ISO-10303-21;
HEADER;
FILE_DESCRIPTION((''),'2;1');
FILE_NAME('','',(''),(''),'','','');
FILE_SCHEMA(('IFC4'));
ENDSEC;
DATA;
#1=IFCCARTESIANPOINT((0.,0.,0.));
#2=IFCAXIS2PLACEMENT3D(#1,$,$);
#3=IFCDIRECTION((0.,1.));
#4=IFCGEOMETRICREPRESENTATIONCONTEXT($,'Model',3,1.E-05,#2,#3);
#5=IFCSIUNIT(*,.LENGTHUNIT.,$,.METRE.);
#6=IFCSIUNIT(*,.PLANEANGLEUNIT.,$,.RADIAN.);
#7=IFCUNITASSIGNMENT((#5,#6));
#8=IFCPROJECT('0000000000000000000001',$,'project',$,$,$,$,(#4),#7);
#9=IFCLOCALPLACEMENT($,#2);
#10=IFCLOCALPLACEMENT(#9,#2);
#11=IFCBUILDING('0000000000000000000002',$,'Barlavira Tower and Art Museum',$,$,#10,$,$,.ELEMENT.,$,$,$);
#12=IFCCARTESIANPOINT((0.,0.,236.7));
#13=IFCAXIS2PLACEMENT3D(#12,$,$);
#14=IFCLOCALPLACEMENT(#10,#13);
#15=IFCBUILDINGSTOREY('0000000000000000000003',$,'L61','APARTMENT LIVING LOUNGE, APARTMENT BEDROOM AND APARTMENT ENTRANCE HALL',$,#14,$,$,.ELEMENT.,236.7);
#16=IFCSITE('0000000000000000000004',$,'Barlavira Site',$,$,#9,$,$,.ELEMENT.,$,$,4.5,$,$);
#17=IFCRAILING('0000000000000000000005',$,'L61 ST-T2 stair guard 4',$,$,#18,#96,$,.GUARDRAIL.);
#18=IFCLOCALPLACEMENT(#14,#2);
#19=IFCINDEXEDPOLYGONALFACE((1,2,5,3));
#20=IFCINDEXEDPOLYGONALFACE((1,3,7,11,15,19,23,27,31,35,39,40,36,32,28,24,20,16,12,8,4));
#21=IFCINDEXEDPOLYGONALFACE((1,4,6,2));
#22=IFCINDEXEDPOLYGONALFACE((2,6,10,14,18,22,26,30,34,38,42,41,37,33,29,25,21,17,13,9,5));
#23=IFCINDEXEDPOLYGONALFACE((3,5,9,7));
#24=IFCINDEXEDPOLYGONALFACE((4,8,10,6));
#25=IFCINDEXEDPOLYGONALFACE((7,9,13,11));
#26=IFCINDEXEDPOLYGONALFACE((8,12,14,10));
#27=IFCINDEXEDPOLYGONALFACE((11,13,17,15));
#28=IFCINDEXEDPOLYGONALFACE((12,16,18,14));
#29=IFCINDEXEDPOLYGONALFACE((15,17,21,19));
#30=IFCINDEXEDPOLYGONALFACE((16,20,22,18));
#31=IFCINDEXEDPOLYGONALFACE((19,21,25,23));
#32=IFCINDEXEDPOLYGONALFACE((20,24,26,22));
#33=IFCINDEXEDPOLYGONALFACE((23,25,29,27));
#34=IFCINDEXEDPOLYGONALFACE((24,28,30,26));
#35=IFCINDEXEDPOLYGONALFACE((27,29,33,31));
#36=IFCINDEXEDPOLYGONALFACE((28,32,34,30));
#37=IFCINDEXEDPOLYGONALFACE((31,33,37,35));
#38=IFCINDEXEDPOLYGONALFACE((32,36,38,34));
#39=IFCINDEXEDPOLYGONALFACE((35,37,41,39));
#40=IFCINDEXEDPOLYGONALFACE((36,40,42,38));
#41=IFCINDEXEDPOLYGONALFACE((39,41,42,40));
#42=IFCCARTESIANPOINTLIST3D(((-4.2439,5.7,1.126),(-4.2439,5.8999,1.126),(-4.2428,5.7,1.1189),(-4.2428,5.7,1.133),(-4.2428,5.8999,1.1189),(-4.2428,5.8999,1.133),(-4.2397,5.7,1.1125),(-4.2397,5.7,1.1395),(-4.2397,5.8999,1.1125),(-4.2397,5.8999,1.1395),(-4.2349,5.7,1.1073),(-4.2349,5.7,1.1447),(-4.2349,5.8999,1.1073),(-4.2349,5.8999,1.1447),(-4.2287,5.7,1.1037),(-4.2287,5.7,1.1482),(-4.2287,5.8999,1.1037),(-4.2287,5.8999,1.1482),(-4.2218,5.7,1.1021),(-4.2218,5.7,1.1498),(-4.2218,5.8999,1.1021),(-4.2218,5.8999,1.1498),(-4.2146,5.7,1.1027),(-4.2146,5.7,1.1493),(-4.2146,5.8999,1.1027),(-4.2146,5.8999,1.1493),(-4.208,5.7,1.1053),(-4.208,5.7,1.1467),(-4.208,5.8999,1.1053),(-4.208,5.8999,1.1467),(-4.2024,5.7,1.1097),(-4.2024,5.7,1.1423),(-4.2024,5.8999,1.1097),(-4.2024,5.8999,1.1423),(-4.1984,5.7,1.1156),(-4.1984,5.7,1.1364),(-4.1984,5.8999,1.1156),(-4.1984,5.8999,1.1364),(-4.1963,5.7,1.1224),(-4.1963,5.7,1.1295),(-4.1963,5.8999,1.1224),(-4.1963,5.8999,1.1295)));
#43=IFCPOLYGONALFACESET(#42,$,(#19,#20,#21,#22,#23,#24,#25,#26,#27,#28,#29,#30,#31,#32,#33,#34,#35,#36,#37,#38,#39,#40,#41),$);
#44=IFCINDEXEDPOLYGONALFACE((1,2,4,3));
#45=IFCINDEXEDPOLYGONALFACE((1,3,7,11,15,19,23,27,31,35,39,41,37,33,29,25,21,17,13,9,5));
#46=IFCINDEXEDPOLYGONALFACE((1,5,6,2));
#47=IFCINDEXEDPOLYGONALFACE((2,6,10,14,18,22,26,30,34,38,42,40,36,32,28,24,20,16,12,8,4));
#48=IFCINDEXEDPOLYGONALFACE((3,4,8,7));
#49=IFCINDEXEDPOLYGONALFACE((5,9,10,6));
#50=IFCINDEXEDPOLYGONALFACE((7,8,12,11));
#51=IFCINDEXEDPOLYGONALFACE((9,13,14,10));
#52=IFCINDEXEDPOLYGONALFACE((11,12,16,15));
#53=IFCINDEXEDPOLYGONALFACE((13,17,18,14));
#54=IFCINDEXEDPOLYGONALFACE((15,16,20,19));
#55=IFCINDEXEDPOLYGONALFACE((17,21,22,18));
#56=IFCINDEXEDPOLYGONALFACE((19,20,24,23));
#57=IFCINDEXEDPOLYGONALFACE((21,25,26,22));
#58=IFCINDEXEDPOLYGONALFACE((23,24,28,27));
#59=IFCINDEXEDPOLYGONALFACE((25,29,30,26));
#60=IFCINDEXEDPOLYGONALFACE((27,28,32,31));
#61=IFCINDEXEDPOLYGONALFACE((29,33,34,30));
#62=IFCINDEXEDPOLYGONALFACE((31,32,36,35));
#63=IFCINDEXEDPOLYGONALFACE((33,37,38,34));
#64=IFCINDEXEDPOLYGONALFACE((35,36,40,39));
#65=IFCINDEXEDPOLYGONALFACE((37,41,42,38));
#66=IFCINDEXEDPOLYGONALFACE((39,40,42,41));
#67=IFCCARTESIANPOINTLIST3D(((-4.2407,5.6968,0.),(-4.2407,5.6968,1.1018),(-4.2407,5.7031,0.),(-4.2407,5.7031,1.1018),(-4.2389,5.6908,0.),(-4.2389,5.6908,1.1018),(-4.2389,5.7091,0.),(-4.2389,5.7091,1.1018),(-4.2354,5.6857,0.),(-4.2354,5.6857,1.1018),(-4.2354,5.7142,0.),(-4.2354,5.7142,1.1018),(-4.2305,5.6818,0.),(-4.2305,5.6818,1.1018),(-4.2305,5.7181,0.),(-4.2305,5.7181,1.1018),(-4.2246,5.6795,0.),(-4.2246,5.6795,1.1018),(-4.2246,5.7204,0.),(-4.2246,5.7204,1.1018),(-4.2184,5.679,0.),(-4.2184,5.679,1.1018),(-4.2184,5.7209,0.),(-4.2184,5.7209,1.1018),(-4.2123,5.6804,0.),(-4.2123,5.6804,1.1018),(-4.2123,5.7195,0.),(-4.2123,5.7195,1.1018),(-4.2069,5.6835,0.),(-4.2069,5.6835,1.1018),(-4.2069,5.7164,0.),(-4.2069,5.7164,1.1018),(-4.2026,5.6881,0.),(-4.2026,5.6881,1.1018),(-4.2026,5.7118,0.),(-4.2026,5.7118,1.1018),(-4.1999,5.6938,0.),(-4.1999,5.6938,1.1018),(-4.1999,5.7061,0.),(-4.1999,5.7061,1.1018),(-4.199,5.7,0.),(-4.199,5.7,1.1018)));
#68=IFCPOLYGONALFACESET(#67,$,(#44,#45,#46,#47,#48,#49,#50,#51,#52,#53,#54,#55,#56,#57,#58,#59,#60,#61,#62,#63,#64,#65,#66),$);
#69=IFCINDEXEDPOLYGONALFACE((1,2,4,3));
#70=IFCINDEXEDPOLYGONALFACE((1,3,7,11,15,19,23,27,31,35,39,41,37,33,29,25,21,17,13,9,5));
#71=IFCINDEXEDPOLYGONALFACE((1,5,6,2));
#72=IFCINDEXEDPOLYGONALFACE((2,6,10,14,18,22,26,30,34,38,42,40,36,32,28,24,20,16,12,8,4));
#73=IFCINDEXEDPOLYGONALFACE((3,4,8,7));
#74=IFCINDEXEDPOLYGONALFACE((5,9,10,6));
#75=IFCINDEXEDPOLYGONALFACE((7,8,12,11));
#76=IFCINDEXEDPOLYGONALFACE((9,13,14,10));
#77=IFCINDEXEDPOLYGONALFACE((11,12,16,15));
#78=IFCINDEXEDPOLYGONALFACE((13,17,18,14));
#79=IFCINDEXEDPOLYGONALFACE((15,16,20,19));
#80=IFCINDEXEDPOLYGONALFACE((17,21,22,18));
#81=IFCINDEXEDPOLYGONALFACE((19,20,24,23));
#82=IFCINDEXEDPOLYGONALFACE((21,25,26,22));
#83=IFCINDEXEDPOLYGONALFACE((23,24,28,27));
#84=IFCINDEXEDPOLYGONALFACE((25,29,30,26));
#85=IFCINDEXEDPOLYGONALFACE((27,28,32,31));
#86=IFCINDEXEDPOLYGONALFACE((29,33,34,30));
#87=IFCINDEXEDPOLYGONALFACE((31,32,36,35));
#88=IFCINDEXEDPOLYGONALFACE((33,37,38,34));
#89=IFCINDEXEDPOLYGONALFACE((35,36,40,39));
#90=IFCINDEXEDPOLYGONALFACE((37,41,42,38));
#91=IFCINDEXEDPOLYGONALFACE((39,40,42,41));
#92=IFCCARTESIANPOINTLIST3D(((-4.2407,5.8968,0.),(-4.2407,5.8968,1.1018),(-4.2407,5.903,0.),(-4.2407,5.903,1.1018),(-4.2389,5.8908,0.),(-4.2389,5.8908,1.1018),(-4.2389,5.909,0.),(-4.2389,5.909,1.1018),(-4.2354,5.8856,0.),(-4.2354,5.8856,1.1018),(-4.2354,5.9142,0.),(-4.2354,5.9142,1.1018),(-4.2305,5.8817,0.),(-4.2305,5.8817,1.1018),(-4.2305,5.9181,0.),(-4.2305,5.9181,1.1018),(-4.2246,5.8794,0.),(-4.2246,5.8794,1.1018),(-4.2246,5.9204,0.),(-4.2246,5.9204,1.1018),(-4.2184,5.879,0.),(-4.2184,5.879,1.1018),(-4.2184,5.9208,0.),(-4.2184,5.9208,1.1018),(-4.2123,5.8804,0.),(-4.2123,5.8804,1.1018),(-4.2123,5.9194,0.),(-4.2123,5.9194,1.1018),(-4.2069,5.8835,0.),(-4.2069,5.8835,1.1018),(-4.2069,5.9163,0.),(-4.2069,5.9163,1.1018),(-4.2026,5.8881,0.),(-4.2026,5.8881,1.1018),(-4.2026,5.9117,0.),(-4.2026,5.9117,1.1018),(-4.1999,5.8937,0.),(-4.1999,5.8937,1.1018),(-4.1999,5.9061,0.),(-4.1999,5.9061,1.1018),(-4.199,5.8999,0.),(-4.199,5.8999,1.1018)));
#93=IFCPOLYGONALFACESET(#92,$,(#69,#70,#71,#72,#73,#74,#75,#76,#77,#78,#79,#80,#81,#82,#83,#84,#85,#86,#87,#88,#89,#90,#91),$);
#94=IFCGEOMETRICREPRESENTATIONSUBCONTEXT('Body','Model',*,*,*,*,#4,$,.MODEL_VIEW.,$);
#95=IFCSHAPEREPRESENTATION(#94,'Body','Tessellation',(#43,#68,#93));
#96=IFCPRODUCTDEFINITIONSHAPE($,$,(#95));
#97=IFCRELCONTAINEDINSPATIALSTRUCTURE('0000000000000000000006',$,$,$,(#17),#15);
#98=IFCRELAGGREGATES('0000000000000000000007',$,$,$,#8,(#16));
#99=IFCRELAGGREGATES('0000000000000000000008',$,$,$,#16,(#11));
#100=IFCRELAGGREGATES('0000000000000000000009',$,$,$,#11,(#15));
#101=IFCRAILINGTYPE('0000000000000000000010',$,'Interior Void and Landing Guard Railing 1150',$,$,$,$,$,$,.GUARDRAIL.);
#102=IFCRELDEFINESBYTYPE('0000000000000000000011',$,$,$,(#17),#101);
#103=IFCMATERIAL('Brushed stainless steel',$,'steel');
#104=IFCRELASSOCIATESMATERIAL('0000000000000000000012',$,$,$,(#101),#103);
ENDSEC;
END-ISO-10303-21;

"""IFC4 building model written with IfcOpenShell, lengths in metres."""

from ifc_helpers import new_model, si_unit, direction, frame, origin, origin_2d, place, context, subcontext, project, spatial, circle, extrude, material, type_object, element, save


model = new_model("IFC4")

# Units and contexts
model_context = context("Model", 3, precision=1e-05, world=origin(), true_north=direction((0.0, 1.0)))
body_context = subcontext(model_context, "Body", "Model", "MODEL_VIEW")
ifc_project = project(units=[si_unit("LENGTHUNIT", "METRE"), si_unit("PLANEANGLEUNIT", "RADIAN")], contexts=[model_context])

# Site, building, storey
site_placement = place(None, origin())
site = spatial("IfcSite", under=ifc_project, at=site_placement, Name="Barlavira Site", CompositionType="ELEMENT", RefElevation=4.5)
building_placement = place(site_placement, origin())
building = spatial("IfcBuilding", under=site, at=building_placement, Name="Barlavira Tower and Art Museum", CompositionType="ELEMENT")
storey_placement = place(building_placement, frame((0.0, 0.0, 236.7)))
storey = spatial("IfcBuildingStorey", under=building, at=storey_placement, Name="L61", Description="APARTMENT LIVING LOUNGE, APARTMENT BEDROOM AND APARTMENT ENTRANCE HALL", CompositionType="ELEMENT", Elevation=236.7)

# Shared definitions
ifc_material_1 = material(Name="Brushed stainless steel", Category="steel")

# Railing
railing_type_1 = type_object("IfcRailingType", Name="Interior Void and Landing Guard Railing 1150", PredefinedType="GUARDRAIL", material=ifc_material_1)
railing_1_placement = place(storey_placement, frame((-4.22, 5.7, 0.0)))
element("IfcRailing", 1, at=railing_1_placement, inside=storey, type_object=railing_type_1, Name="L61 ST-T2 stair guard 4", PredefinedType="GUARDRAIL", context=body_context, shape_type="SweptSolid", body=[
    extrude(circle(Radius=0.0239, at=origin_2d()), frame((0.0, 0.0, 1.126), z_axis=(0.0, 1.0, 0.0), x_axis=(-1.0, 0.0, 0.0)), (0.0, 0.0, 1.0), 0.2),
    extrude(circle(Radius=0.021, at=origin_2d()), origin(), (0.0, 0.0, 1.0), 1.1018),
    extrude(circle(Radius=0.021, at=origin_2d()), frame((0.0, 0.2, 0.0)), (0.0, 0.0, 1.0), 1.1018),
])

save(model, "model.ifc")
